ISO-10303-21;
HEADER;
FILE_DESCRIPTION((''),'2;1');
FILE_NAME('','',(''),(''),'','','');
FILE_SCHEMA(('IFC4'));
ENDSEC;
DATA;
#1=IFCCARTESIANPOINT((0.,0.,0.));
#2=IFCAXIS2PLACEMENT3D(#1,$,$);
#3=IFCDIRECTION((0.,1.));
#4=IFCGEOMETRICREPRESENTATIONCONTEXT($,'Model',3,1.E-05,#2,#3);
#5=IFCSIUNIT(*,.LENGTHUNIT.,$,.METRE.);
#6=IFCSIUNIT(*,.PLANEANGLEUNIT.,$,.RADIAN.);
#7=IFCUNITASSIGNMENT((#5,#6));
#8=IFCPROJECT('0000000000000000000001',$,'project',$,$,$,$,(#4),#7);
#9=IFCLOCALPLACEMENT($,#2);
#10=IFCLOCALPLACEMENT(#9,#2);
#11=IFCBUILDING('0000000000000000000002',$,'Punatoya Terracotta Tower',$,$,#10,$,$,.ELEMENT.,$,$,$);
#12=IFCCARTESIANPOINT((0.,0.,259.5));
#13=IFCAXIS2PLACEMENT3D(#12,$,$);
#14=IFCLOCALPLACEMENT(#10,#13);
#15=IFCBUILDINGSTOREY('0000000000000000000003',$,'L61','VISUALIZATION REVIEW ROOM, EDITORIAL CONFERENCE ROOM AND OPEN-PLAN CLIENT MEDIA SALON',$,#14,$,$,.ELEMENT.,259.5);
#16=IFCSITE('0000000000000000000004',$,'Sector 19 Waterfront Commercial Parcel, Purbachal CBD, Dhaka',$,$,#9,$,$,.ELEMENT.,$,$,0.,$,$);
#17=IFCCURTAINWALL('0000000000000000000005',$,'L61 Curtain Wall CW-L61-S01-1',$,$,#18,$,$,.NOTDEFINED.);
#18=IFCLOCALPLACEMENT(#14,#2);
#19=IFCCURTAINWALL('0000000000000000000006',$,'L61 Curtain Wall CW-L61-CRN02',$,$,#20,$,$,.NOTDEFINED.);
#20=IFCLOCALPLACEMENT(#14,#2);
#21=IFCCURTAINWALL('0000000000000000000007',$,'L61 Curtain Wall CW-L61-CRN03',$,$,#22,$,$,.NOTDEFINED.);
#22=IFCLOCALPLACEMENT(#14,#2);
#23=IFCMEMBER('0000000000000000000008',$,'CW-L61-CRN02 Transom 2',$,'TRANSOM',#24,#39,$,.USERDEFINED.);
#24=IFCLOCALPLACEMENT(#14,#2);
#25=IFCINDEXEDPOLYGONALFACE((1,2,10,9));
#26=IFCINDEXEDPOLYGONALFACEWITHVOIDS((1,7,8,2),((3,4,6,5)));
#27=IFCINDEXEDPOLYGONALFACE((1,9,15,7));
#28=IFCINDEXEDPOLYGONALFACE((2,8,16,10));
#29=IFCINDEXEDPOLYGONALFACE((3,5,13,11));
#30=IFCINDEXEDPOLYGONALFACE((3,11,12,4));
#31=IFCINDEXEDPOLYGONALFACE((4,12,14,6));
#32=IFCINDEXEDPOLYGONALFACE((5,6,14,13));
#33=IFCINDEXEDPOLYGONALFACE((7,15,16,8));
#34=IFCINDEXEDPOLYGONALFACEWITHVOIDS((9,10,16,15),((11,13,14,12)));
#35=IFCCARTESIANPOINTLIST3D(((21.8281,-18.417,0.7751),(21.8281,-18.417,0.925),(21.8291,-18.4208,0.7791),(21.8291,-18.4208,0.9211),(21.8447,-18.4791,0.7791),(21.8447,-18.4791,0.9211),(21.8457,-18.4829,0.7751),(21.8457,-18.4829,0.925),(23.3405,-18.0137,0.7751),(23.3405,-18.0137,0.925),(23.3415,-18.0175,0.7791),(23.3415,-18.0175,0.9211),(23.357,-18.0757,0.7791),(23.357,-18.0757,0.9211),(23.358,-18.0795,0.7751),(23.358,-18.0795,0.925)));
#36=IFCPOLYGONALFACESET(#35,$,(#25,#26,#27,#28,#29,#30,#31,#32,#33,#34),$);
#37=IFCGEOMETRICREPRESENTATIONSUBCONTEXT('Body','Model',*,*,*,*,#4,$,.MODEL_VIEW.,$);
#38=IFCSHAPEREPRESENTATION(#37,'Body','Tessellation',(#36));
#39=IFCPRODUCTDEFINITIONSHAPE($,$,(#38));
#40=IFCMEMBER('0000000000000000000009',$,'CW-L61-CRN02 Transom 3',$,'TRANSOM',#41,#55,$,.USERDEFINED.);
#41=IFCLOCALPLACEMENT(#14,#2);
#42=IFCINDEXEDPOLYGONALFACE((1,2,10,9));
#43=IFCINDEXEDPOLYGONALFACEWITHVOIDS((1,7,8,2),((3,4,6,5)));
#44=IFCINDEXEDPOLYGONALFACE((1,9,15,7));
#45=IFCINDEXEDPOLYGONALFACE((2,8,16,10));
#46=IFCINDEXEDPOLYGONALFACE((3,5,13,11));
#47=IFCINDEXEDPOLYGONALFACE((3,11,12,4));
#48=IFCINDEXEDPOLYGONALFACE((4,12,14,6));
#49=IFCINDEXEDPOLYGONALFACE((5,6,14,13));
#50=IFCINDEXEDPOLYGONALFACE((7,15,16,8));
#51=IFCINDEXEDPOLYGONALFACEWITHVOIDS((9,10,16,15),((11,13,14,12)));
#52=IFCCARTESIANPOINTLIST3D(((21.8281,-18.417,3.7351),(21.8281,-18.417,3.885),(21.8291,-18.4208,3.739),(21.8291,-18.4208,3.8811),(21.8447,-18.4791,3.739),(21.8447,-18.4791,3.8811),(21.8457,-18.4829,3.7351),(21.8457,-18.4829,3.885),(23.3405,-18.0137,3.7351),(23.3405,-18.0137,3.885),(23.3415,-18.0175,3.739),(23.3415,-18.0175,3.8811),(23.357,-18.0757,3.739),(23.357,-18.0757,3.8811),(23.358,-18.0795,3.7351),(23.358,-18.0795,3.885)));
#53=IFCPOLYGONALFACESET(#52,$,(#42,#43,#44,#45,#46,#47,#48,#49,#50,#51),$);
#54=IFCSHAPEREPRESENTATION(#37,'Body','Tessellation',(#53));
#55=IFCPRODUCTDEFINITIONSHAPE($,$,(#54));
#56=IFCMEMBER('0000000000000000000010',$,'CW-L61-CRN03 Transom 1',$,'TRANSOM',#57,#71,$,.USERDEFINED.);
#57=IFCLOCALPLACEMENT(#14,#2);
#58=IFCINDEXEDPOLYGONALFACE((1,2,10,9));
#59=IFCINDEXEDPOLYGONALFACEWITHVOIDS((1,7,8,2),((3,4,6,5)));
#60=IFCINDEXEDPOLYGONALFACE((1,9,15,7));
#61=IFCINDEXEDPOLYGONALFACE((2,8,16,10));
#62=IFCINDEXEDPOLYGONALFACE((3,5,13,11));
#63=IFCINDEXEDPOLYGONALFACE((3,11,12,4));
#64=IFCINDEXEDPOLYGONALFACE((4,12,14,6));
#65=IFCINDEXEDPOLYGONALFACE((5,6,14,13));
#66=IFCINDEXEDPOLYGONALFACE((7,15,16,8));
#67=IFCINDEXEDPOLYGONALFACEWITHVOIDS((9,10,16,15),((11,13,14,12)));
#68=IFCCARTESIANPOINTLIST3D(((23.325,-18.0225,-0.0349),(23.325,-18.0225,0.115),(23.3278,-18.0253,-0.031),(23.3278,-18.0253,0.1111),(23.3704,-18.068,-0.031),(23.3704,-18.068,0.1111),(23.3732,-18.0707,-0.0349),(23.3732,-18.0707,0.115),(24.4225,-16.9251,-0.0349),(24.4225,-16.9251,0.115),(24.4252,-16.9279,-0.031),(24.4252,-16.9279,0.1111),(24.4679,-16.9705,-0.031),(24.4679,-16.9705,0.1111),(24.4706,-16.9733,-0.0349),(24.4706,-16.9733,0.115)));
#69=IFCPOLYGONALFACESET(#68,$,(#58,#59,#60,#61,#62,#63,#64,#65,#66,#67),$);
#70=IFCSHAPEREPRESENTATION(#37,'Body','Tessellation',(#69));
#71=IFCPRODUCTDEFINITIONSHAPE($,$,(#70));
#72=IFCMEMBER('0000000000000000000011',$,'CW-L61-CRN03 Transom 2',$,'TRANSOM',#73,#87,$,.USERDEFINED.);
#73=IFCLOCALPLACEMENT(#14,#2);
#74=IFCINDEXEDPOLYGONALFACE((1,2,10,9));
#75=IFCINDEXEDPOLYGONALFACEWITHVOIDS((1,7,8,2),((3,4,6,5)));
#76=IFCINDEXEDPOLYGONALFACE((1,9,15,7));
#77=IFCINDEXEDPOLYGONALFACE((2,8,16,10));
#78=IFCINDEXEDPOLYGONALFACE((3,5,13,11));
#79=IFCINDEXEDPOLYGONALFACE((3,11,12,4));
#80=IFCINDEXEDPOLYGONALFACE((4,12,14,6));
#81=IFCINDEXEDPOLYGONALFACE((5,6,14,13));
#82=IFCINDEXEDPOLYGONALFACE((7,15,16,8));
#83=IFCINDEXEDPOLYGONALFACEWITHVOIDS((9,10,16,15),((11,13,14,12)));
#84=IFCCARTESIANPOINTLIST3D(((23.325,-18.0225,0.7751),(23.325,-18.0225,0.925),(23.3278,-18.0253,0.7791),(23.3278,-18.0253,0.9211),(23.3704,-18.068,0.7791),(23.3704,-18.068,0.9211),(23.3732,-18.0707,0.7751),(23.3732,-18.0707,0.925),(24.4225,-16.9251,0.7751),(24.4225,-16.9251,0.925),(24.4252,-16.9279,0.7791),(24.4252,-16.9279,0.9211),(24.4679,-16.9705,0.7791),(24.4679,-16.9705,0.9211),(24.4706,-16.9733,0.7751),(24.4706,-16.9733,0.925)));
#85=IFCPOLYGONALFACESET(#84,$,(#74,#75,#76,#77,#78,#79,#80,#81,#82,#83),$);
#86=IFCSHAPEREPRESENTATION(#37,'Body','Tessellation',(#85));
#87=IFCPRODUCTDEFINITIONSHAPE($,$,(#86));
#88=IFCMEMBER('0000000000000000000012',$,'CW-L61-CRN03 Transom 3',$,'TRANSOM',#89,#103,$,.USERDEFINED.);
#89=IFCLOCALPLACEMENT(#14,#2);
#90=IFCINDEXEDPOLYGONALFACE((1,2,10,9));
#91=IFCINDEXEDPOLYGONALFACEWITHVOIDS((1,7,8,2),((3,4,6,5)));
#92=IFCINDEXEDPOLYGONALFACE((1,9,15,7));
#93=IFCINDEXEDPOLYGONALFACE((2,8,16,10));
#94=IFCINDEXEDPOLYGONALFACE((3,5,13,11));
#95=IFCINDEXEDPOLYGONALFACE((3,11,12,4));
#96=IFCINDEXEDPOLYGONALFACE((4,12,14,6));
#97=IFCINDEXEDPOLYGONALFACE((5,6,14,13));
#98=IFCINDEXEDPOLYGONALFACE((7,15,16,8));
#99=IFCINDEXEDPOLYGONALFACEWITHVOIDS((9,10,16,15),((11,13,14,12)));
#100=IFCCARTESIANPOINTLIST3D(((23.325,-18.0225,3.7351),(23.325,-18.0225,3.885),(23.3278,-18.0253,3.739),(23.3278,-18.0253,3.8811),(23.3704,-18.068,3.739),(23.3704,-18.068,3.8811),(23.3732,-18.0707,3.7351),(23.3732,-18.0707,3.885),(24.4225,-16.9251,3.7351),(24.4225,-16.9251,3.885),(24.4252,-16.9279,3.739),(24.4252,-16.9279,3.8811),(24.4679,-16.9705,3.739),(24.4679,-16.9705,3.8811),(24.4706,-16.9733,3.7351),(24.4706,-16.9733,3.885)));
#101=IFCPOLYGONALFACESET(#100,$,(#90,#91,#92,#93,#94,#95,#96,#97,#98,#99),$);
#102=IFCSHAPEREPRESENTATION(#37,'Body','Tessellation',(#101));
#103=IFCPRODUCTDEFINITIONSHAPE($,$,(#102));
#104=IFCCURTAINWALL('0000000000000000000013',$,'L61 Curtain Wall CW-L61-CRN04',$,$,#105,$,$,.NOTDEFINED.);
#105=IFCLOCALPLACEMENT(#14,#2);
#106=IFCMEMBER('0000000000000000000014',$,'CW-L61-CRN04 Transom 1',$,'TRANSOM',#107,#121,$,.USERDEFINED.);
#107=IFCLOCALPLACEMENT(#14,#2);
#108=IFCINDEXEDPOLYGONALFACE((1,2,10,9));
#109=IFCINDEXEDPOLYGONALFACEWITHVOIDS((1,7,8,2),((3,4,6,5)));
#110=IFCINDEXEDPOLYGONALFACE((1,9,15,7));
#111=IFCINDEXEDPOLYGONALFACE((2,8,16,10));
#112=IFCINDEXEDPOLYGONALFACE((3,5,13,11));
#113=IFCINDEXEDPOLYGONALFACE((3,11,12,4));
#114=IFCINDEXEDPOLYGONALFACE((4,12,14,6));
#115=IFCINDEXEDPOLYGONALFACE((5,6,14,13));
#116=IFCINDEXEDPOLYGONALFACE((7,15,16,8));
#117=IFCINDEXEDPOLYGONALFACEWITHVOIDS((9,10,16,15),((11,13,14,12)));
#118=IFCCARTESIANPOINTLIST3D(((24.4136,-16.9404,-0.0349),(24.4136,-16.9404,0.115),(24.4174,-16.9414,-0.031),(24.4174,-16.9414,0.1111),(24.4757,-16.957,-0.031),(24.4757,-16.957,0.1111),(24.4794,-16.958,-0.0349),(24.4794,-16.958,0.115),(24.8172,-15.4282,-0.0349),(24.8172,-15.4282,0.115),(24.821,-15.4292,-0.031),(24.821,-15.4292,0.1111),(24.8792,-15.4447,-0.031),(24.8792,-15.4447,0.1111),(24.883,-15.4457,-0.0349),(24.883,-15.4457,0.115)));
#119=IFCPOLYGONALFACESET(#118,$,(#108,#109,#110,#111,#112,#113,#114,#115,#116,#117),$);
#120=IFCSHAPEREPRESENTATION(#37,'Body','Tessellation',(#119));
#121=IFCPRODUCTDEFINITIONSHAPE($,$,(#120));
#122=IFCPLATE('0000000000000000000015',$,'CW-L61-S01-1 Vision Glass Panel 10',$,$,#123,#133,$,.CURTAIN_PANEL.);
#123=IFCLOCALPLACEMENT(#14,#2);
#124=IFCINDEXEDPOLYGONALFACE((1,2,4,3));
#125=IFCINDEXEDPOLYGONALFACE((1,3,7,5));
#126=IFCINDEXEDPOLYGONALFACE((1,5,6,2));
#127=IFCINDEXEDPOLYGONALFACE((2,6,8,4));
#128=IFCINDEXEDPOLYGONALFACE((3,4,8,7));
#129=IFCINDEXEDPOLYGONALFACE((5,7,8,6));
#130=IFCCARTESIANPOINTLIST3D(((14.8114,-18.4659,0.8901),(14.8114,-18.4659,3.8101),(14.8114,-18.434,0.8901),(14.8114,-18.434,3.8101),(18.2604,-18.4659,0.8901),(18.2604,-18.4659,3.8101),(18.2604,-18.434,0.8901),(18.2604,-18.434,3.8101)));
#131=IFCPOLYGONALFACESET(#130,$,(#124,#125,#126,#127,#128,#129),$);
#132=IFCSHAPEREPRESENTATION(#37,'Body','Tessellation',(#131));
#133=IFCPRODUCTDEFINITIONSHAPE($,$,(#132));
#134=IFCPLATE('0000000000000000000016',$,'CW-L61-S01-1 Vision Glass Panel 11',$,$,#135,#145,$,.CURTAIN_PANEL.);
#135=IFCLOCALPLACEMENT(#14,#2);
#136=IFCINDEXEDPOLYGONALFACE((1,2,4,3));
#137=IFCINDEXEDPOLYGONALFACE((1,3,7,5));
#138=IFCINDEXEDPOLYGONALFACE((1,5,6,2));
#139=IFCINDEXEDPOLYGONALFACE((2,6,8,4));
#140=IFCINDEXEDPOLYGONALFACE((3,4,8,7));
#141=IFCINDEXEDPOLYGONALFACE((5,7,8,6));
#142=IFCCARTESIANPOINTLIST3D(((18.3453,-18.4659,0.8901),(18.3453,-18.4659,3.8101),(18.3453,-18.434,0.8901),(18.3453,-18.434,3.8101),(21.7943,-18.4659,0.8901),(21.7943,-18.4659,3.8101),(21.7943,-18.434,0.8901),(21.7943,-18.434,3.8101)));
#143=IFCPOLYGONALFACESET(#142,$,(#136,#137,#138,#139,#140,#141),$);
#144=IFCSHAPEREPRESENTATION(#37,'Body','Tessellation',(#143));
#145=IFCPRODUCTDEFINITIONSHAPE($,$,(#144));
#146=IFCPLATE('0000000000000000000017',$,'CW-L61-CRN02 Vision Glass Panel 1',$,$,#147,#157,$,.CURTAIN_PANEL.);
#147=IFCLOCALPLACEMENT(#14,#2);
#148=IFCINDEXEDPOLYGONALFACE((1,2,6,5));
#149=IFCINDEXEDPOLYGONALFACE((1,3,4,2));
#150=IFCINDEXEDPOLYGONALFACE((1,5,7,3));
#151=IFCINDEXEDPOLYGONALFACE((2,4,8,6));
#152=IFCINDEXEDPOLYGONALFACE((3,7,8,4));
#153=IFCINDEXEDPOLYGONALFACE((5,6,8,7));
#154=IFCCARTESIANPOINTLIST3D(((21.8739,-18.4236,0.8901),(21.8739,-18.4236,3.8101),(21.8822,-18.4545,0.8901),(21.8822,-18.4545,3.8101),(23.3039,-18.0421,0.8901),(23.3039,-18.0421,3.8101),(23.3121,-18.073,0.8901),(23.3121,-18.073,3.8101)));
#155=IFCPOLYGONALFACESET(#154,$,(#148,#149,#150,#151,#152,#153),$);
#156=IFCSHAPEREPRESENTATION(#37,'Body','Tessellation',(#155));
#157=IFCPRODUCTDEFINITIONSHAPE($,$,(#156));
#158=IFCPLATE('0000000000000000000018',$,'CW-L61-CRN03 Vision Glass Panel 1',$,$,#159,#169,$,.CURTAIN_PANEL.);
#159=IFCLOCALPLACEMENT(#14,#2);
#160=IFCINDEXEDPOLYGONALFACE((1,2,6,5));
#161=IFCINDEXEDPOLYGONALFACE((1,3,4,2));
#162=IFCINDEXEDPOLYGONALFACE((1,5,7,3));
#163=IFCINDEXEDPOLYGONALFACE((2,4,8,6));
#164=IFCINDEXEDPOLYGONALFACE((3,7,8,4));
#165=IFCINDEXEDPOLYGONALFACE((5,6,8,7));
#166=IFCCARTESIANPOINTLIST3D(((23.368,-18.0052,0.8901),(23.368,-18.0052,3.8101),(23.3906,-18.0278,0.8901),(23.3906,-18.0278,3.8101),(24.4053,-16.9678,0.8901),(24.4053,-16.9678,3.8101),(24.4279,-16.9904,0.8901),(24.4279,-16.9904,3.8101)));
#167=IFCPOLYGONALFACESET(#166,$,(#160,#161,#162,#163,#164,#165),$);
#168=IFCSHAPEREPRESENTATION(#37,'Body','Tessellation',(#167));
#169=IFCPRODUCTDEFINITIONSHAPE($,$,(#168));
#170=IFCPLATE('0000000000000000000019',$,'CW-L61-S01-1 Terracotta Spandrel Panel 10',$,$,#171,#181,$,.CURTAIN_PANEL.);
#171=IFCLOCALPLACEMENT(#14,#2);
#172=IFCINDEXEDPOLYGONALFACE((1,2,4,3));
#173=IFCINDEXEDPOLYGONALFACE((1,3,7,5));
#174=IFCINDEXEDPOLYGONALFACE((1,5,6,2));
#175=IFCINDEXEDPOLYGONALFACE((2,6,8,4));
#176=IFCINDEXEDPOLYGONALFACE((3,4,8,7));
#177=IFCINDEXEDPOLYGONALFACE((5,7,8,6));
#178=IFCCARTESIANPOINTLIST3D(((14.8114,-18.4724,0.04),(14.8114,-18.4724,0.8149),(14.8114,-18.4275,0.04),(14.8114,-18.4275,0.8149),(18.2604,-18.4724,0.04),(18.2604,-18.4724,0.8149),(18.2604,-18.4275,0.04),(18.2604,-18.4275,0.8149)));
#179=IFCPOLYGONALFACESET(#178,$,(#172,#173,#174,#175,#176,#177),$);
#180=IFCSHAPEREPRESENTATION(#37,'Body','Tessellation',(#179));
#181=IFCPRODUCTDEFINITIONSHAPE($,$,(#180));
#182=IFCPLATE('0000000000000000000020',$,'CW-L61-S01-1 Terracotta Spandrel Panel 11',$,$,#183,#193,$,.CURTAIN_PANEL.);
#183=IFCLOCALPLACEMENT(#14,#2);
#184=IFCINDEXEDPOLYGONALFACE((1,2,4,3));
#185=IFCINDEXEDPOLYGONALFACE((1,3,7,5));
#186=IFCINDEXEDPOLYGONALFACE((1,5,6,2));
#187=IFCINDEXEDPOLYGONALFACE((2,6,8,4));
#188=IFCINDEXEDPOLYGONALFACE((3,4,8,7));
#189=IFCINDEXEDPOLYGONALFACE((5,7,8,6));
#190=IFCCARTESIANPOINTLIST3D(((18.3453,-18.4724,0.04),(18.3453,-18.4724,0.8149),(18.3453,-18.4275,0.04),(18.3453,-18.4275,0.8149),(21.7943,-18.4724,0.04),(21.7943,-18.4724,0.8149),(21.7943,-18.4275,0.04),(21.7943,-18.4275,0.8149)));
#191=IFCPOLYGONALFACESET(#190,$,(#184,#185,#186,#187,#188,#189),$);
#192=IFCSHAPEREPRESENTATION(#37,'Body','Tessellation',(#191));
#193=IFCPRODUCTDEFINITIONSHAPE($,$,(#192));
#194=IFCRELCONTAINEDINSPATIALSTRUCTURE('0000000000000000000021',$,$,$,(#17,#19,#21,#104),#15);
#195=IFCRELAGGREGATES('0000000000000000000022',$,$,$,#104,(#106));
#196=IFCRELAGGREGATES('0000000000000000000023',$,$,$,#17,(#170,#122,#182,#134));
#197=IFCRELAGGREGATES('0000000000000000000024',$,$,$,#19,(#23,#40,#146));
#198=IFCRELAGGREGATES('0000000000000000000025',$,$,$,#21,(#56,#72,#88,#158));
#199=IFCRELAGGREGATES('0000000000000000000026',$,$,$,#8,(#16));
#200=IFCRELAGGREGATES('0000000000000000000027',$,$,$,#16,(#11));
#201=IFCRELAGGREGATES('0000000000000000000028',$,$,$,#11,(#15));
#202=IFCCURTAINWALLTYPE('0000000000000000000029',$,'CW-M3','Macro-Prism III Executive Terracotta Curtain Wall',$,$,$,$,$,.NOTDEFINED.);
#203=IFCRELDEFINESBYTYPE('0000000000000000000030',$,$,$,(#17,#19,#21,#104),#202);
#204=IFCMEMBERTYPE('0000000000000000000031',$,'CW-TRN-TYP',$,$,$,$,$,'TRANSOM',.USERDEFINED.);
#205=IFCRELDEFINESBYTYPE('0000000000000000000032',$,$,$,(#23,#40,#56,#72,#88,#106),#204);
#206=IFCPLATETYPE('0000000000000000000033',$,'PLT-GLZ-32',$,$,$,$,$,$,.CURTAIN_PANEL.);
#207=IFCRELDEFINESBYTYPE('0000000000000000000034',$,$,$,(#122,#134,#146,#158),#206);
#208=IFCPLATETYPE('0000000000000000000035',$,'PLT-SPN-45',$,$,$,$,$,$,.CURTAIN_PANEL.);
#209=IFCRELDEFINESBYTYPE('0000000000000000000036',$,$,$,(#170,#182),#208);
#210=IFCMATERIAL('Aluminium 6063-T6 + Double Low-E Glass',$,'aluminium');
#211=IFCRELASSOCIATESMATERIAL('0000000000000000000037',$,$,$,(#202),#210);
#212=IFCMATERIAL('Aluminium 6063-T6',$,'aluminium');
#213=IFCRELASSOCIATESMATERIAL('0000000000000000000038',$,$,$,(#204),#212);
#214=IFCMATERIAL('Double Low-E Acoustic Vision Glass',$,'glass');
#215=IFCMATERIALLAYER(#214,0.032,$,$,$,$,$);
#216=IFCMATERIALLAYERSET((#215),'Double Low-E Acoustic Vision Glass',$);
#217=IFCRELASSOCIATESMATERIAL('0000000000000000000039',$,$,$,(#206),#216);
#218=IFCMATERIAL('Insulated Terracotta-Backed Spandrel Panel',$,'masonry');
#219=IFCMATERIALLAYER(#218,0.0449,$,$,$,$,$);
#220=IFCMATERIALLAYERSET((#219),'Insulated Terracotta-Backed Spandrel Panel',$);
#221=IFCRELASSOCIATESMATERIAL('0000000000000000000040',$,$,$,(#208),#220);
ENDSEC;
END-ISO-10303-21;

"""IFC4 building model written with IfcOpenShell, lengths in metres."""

from ifc_helpers import new_model, si_unit, direction, frame, origin, origin_2d, place, context, subcontext, project, spatial, rectangle, hollow_rectangle, extrude, material, layer, layer_set, material_profile, profile_set, type_object, element, aggregate, save


model = new_model("IFC4")

# Units and contexts
model_context = context("Model", 3, precision=1e-05, world=origin(), true_north=direction((0.0, 1.0)))
body_context = subcontext(model_context, "Body", "Model", "MODEL_VIEW")
ifc_project = project(units=[si_unit("LENGTHUNIT", "METRE"), si_unit("PLANEANGLEUNIT", "RADIAN")], contexts=[model_context])

# Site, building, storey
site_placement = place(None, origin())
site = spatial("IfcSite", under=ifc_project, at=site_placement, Name="Sector 19 Waterfront Commercial Parcel, Purbachal CBD, Dhaka", CompositionType="ELEMENT", RefElevation=0.0)
building_placement = place(site_placement, origin())
building = spatial("IfcBuilding", under=site, at=building_placement, Name="Punatoya Terracotta Tower", CompositionType="ELEMENT")
storey_placement = place(building_placement, frame((0.0, 0.0, 259.5)))
storey = spatial("IfcBuildingStorey", under=building, at=storey_placement, Name="L61", Description="VISUALIZATION REVIEW ROOM, EDITORIAL CONFERENCE ROOM AND OPEN-PLAN CLIENT MEDIA SALON", CompositionType="ELEMENT", Elevation=259.5)

# Curtain walls
ifc_material_1 = material(Name="Aluminium 6063-T6 + Double Low-E Glass", Category="aluminium")
curtain_wall_type = type_object("IfcCurtainWallType", Name="CW-M3", Description="Macro-Prism III Executive Terracotta Curtain Wall", PredefinedType="NOTDEFINED", material=ifc_material_1)
curtain_wall_1_placement = place(storey_placement, origin())
curtain_wall_1 = element("IfcCurtainWall", 1, at=curtain_wall_1_placement, inside=storey, type_object=curtain_wall_type, Name="L61 Curtain Wall CW-L61-S01-1", PredefinedType="NOTDEFINED")
ifc_material_2 = material(Name="Aluminium 6063-T6", Category="aluminium")
curtain_wall_2_placement = place(storey_placement, origin())
curtain_wall_2 = element("IfcCurtainWall", 2, at=curtain_wall_2_placement, inside=storey, type_object=curtain_wall_type, Name="L61 Curtain Wall CW-L61-CRN02", PredefinedType="NOTDEFINED")
curtain_wall_3_placement = place(storey_placement, origin())
curtain_wall_3 = element("IfcCurtainWall", 3, at=curtain_wall_3_placement, inside=storey, type_object=curtain_wall_type, Name="L61 Curtain Wall CW-L61-CRN03", PredefinedType="NOTDEFINED")

# Members
ifc_material_profile_1 = material_profile(ifc_material_2, hollow_rectangle(XDim=0.0681, YDim=0.1499, WallThickness=0.0039, at=origin_2d()))
ifc_profile_set_1 = profile_set([ifc_material_profile_1], Name="Aluminium 6063-T6")
member_type_1 = type_object("IfcMemberType", Name="CW-TRN-TYP", ElementType="TRANSOM", PredefinedType="USERDEFINED", material=ifc_profile_set_1)
member_1_placement = place(storey_placement, frame((21.8369, -18.45, 0.8501), z_axis=(0.966225, 0.257701, 0.0), x_axis=(-0.257701, 0.966225, 0.0)))
member_1 = element("IfcMember", 4, at=member_1_placement, type_object=member_type_1, Name="CW-L61-CRN02 Transom 2", ObjectType="TRANSOM", PredefinedType="USERDEFINED", context=body_context, shape_type="SweptSolid", body=[
    extrude(hollow_rectangle(XDim=0.0681, YDim=0.1499, WallThickness=0.0039, at=origin_2d()), origin(), (0.0, 0.0, 1.0), 1.5652),
])
member_2_placement = place(storey_placement, frame((21.8369, -18.45, 3.8101), z_axis=(0.966225, 0.257701, 0.0), x_axis=(-0.257701, 0.966225, 0.0)))
member_2 = element("IfcMember", 5, at=member_2_placement, type_object=member_type_1, Name="CW-L61-CRN02 Transom 3", ObjectType="TRANSOM", PredefinedType="USERDEFINED", context=body_context, shape_type="SweptSolid", body=[
    extrude(hollow_rectangle(XDim=0.0681, YDim=0.1499, WallThickness=0.0039, at=origin_2d()), origin(), (0.0, 0.0, 1.0), 1.5652),
])
member_3_placement = place(storey_placement, frame((23.3491, -18.0466, 0.04), z_axis=(0.707107, 0.707107, 0.0), x_axis=(-0.707107, 0.707107, 0.0)))
member_3 = element("IfcMember", 6, at=member_3_placement, type_object=member_type_1, Name="CW-L61-CRN03 Transom 1", ObjectType="TRANSOM", PredefinedType="USERDEFINED", context=body_context, shape_type="SweptSolid", body=[
    extrude(hollow_rectangle(XDim=0.0681, YDim=0.1499, WallThickness=0.0039, at=origin_2d()), origin(), (0.0, 0.0, 1.0), 1.552),
])
member_4_placement = place(storey_placement, frame((23.3491, -18.0466, 0.8501), z_axis=(0.707107, 0.707107, 0.0), x_axis=(-0.707107, 0.707107, 0.0)))
member_4 = element("IfcMember", 7, at=member_4_placement, type_object=member_type_1, Name="CW-L61-CRN03 Transom 2", ObjectType="TRANSOM", PredefinedType="USERDEFINED", context=body_context, shape_type="SweptSolid", body=[
    extrude(hollow_rectangle(XDim=0.0681, YDim=0.1499, WallThickness=0.0039, at=origin_2d()), origin(), (0.0, 0.0, 1.0), 1.552),
])
member_5_placement = place(storey_placement, frame((23.3491, -18.0466, 3.8101), z_axis=(0.707107, 0.707107, 0.0), x_axis=(-0.707107, 0.707107, 0.0)))
member_5 = element("IfcMember", 8, at=member_5_placement, type_object=member_type_1, Name="CW-L61-CRN03 Transom 3", ObjectType="TRANSOM", PredefinedType="USERDEFINED", context=body_context, shape_type="SweptSolid", body=[
    extrude(hollow_rectangle(XDim=0.0681, YDim=0.1499, WallThickness=0.0039, at=origin_2d()), origin(), (0.0, 0.0, 1.0), 1.552),
])

# Curtain wall, member
curtain_wall_4_placement = place(storey_placement, origin())
curtain_wall_4 = element("IfcCurtainWall", 9, at=curtain_wall_4_placement, inside=storey, type_object=curtain_wall_type, Name="L61 Curtain Wall CW-L61-CRN04", PredefinedType="NOTDEFINED")
member_6_placement = place(storey_placement, frame((24.4465, -16.9492, 0.04), z_axis=(0.257847, 0.966186, 0.0), x_axis=(-0.966186, 0.257847, 0.0)))
member_6 = element("IfcMember", 10, at=member_6_placement, type_object=member_type_1, Name="CW-L61-CRN04 Transom 1", ObjectType="TRANSOM", PredefinedType="USERDEFINED", context=body_context, shape_type="SweptSolid", body=[
    extrude(hollow_rectangle(XDim=0.0681, YDim=0.1499, WallThickness=0.0039, at=origin_2d()), origin(), (0.0, 0.0, 1.0), 1.5652),
])
aggregate(curtain_wall_4, [member_6])

# Plates
ifc_material_3 = material(Name="Double Low-E Acoustic Vision Glass", Category="glass")
ifc_layer_1 = layer(ifc_material_3, 0.032)
ifc_layer_set_1 = layer_set([ifc_layer_1], Name="Double Low-E Acoustic Vision Glass")
plate_type_1 = type_object("IfcPlateType", Name="PLT-GLZ-32", PredefinedType="CURTAIN_PANEL", material=ifc_layer_set_1)
plate_1_placement = place(storey_placement, frame((16.5359, -18.45, 0.8901), z_axis=(0.0, 0.0, 1.0), x_axis=(1.0, 0.0, 0.0)))
plate_1 = element("IfcPlate", 11, at=plate_1_placement, type_object=plate_type_1, Name="CW-L61-S01-1 Vision Glass Panel 10", PredefinedType="CURTAIN_PANEL", context=body_context, shape_type="SweptSolid", body=[
    extrude(rectangle(XDim=3.449, YDim=0.032, at=origin_2d()), origin(), (0.0, 0.0, 1.0), 2.9199),
])
plate_2_placement = place(storey_placement, frame((20.0698, -18.45, 0.8901), z_axis=(0.0, 0.0, 1.0), x_axis=(1.0, 0.0, 0.0)))
plate_2 = element("IfcPlate", 12, at=plate_2_placement, type_object=plate_type_1, Name="CW-L61-S01-1 Vision Glass Panel 11", PredefinedType="CURTAIN_PANEL", context=body_context, shape_type="SweptSolid", body=[
    extrude(rectangle(XDim=3.449, YDim=0.032, at=origin_2d()), origin(), (0.0, 0.0, 1.0), 2.9199),
])
plate_3_placement = place(storey_placement, frame((22.593, -18.2483, 0.8901), z_axis=(0.0, 0.0, 1.0), x_axis=(0.966214, 0.257742, 0.0)))
plate_3 = element("IfcPlate", 13, at=plate_3_placement, type_object=plate_type_1, Name="CW-L61-CRN02 Vision Glass Panel 1", PredefinedType="CURTAIN_PANEL", context=body_context, shape_type="SweptSolid", body=[
    extrude(rectangle(XDim=1.48, YDim=0.032, at=origin_2d()), origin(), (0.0, 0.0, 1.0), 2.9199),
])
plate_4_placement = place(storey_placement, frame((23.8979, -17.4978, 0.8901), z_axis=(0.0, 0.0, 1.0), x_axis=(0.707107, 0.707107, 0.0)))
plate_4 = element("IfcPlate", 14, at=plate_4_placement, type_object=plate_type_1, Name="CW-L61-CRN03 Vision Glass Panel 1", PredefinedType="CURTAIN_PANEL", context=body_context, shape_type="SweptSolid", body=[
    extrude(rectangle(XDim=1.467, YDim=0.032, at=origin_2d()), origin(), (0.0, 0.0, 1.0), 2.9199),
])
ifc_material_4 = material(Name="Insulated Terracotta-Backed Spandrel Panel", Category="masonry")
ifc_layer_2 = layer(ifc_material_4, 0.0449)
ifc_layer_set_2 = layer_set([ifc_layer_2], Name="Insulated Terracotta-Backed Spandrel Panel")
plate_type_2 = type_object("IfcPlateType", Name="PLT-SPN-45", PredefinedType="CURTAIN_PANEL", material=ifc_layer_set_2)
plate_5_placement = place(storey_placement, frame((16.5359, -18.45, 0.04), z_axis=(0.0, 0.0, 1.0), x_axis=(1.0, 0.0, 0.0)))
plate_5 = element("IfcPlate", 15, at=plate_5_placement, type_object=plate_type_2, Name="CW-L61-S01-1 Terracotta Spandrel Panel 10", PredefinedType="CURTAIN_PANEL", context=body_context, shape_type="SweptSolid", body=[
    extrude(rectangle(XDim=3.449, YDim=0.0449, at=origin_2d()), origin(), (0.0, 0.0, 1.0), 0.7749),
])
plate_6_placement = place(storey_placement, frame((20.0698, -18.45, 0.04), z_axis=(0.0, 0.0, 1.0), x_axis=(1.0, 0.0, 0.0)))
plate_6 = element("IfcPlate", 16, at=plate_6_placement, type_object=plate_type_2, Name="CW-L61-S01-1 Terracotta Spandrel Panel 11", PredefinedType="CURTAIN_PANEL", context=body_context, shape_type="SweptSolid", body=[
    extrude(rectangle(XDim=3.449, YDim=0.0449, at=origin_2d()), origin(), (0.0, 0.0, 1.0), 0.7749),
])
aggregate(curtain_wall_1, [plate_5, plate_1, plate_6, plate_2])
aggregate(curtain_wall_2, [member_1, member_2, plate_3])
aggregate(curtain_wall_3, [member_3, member_4, member_5, plate_4])

save(model, "model.ifc")
